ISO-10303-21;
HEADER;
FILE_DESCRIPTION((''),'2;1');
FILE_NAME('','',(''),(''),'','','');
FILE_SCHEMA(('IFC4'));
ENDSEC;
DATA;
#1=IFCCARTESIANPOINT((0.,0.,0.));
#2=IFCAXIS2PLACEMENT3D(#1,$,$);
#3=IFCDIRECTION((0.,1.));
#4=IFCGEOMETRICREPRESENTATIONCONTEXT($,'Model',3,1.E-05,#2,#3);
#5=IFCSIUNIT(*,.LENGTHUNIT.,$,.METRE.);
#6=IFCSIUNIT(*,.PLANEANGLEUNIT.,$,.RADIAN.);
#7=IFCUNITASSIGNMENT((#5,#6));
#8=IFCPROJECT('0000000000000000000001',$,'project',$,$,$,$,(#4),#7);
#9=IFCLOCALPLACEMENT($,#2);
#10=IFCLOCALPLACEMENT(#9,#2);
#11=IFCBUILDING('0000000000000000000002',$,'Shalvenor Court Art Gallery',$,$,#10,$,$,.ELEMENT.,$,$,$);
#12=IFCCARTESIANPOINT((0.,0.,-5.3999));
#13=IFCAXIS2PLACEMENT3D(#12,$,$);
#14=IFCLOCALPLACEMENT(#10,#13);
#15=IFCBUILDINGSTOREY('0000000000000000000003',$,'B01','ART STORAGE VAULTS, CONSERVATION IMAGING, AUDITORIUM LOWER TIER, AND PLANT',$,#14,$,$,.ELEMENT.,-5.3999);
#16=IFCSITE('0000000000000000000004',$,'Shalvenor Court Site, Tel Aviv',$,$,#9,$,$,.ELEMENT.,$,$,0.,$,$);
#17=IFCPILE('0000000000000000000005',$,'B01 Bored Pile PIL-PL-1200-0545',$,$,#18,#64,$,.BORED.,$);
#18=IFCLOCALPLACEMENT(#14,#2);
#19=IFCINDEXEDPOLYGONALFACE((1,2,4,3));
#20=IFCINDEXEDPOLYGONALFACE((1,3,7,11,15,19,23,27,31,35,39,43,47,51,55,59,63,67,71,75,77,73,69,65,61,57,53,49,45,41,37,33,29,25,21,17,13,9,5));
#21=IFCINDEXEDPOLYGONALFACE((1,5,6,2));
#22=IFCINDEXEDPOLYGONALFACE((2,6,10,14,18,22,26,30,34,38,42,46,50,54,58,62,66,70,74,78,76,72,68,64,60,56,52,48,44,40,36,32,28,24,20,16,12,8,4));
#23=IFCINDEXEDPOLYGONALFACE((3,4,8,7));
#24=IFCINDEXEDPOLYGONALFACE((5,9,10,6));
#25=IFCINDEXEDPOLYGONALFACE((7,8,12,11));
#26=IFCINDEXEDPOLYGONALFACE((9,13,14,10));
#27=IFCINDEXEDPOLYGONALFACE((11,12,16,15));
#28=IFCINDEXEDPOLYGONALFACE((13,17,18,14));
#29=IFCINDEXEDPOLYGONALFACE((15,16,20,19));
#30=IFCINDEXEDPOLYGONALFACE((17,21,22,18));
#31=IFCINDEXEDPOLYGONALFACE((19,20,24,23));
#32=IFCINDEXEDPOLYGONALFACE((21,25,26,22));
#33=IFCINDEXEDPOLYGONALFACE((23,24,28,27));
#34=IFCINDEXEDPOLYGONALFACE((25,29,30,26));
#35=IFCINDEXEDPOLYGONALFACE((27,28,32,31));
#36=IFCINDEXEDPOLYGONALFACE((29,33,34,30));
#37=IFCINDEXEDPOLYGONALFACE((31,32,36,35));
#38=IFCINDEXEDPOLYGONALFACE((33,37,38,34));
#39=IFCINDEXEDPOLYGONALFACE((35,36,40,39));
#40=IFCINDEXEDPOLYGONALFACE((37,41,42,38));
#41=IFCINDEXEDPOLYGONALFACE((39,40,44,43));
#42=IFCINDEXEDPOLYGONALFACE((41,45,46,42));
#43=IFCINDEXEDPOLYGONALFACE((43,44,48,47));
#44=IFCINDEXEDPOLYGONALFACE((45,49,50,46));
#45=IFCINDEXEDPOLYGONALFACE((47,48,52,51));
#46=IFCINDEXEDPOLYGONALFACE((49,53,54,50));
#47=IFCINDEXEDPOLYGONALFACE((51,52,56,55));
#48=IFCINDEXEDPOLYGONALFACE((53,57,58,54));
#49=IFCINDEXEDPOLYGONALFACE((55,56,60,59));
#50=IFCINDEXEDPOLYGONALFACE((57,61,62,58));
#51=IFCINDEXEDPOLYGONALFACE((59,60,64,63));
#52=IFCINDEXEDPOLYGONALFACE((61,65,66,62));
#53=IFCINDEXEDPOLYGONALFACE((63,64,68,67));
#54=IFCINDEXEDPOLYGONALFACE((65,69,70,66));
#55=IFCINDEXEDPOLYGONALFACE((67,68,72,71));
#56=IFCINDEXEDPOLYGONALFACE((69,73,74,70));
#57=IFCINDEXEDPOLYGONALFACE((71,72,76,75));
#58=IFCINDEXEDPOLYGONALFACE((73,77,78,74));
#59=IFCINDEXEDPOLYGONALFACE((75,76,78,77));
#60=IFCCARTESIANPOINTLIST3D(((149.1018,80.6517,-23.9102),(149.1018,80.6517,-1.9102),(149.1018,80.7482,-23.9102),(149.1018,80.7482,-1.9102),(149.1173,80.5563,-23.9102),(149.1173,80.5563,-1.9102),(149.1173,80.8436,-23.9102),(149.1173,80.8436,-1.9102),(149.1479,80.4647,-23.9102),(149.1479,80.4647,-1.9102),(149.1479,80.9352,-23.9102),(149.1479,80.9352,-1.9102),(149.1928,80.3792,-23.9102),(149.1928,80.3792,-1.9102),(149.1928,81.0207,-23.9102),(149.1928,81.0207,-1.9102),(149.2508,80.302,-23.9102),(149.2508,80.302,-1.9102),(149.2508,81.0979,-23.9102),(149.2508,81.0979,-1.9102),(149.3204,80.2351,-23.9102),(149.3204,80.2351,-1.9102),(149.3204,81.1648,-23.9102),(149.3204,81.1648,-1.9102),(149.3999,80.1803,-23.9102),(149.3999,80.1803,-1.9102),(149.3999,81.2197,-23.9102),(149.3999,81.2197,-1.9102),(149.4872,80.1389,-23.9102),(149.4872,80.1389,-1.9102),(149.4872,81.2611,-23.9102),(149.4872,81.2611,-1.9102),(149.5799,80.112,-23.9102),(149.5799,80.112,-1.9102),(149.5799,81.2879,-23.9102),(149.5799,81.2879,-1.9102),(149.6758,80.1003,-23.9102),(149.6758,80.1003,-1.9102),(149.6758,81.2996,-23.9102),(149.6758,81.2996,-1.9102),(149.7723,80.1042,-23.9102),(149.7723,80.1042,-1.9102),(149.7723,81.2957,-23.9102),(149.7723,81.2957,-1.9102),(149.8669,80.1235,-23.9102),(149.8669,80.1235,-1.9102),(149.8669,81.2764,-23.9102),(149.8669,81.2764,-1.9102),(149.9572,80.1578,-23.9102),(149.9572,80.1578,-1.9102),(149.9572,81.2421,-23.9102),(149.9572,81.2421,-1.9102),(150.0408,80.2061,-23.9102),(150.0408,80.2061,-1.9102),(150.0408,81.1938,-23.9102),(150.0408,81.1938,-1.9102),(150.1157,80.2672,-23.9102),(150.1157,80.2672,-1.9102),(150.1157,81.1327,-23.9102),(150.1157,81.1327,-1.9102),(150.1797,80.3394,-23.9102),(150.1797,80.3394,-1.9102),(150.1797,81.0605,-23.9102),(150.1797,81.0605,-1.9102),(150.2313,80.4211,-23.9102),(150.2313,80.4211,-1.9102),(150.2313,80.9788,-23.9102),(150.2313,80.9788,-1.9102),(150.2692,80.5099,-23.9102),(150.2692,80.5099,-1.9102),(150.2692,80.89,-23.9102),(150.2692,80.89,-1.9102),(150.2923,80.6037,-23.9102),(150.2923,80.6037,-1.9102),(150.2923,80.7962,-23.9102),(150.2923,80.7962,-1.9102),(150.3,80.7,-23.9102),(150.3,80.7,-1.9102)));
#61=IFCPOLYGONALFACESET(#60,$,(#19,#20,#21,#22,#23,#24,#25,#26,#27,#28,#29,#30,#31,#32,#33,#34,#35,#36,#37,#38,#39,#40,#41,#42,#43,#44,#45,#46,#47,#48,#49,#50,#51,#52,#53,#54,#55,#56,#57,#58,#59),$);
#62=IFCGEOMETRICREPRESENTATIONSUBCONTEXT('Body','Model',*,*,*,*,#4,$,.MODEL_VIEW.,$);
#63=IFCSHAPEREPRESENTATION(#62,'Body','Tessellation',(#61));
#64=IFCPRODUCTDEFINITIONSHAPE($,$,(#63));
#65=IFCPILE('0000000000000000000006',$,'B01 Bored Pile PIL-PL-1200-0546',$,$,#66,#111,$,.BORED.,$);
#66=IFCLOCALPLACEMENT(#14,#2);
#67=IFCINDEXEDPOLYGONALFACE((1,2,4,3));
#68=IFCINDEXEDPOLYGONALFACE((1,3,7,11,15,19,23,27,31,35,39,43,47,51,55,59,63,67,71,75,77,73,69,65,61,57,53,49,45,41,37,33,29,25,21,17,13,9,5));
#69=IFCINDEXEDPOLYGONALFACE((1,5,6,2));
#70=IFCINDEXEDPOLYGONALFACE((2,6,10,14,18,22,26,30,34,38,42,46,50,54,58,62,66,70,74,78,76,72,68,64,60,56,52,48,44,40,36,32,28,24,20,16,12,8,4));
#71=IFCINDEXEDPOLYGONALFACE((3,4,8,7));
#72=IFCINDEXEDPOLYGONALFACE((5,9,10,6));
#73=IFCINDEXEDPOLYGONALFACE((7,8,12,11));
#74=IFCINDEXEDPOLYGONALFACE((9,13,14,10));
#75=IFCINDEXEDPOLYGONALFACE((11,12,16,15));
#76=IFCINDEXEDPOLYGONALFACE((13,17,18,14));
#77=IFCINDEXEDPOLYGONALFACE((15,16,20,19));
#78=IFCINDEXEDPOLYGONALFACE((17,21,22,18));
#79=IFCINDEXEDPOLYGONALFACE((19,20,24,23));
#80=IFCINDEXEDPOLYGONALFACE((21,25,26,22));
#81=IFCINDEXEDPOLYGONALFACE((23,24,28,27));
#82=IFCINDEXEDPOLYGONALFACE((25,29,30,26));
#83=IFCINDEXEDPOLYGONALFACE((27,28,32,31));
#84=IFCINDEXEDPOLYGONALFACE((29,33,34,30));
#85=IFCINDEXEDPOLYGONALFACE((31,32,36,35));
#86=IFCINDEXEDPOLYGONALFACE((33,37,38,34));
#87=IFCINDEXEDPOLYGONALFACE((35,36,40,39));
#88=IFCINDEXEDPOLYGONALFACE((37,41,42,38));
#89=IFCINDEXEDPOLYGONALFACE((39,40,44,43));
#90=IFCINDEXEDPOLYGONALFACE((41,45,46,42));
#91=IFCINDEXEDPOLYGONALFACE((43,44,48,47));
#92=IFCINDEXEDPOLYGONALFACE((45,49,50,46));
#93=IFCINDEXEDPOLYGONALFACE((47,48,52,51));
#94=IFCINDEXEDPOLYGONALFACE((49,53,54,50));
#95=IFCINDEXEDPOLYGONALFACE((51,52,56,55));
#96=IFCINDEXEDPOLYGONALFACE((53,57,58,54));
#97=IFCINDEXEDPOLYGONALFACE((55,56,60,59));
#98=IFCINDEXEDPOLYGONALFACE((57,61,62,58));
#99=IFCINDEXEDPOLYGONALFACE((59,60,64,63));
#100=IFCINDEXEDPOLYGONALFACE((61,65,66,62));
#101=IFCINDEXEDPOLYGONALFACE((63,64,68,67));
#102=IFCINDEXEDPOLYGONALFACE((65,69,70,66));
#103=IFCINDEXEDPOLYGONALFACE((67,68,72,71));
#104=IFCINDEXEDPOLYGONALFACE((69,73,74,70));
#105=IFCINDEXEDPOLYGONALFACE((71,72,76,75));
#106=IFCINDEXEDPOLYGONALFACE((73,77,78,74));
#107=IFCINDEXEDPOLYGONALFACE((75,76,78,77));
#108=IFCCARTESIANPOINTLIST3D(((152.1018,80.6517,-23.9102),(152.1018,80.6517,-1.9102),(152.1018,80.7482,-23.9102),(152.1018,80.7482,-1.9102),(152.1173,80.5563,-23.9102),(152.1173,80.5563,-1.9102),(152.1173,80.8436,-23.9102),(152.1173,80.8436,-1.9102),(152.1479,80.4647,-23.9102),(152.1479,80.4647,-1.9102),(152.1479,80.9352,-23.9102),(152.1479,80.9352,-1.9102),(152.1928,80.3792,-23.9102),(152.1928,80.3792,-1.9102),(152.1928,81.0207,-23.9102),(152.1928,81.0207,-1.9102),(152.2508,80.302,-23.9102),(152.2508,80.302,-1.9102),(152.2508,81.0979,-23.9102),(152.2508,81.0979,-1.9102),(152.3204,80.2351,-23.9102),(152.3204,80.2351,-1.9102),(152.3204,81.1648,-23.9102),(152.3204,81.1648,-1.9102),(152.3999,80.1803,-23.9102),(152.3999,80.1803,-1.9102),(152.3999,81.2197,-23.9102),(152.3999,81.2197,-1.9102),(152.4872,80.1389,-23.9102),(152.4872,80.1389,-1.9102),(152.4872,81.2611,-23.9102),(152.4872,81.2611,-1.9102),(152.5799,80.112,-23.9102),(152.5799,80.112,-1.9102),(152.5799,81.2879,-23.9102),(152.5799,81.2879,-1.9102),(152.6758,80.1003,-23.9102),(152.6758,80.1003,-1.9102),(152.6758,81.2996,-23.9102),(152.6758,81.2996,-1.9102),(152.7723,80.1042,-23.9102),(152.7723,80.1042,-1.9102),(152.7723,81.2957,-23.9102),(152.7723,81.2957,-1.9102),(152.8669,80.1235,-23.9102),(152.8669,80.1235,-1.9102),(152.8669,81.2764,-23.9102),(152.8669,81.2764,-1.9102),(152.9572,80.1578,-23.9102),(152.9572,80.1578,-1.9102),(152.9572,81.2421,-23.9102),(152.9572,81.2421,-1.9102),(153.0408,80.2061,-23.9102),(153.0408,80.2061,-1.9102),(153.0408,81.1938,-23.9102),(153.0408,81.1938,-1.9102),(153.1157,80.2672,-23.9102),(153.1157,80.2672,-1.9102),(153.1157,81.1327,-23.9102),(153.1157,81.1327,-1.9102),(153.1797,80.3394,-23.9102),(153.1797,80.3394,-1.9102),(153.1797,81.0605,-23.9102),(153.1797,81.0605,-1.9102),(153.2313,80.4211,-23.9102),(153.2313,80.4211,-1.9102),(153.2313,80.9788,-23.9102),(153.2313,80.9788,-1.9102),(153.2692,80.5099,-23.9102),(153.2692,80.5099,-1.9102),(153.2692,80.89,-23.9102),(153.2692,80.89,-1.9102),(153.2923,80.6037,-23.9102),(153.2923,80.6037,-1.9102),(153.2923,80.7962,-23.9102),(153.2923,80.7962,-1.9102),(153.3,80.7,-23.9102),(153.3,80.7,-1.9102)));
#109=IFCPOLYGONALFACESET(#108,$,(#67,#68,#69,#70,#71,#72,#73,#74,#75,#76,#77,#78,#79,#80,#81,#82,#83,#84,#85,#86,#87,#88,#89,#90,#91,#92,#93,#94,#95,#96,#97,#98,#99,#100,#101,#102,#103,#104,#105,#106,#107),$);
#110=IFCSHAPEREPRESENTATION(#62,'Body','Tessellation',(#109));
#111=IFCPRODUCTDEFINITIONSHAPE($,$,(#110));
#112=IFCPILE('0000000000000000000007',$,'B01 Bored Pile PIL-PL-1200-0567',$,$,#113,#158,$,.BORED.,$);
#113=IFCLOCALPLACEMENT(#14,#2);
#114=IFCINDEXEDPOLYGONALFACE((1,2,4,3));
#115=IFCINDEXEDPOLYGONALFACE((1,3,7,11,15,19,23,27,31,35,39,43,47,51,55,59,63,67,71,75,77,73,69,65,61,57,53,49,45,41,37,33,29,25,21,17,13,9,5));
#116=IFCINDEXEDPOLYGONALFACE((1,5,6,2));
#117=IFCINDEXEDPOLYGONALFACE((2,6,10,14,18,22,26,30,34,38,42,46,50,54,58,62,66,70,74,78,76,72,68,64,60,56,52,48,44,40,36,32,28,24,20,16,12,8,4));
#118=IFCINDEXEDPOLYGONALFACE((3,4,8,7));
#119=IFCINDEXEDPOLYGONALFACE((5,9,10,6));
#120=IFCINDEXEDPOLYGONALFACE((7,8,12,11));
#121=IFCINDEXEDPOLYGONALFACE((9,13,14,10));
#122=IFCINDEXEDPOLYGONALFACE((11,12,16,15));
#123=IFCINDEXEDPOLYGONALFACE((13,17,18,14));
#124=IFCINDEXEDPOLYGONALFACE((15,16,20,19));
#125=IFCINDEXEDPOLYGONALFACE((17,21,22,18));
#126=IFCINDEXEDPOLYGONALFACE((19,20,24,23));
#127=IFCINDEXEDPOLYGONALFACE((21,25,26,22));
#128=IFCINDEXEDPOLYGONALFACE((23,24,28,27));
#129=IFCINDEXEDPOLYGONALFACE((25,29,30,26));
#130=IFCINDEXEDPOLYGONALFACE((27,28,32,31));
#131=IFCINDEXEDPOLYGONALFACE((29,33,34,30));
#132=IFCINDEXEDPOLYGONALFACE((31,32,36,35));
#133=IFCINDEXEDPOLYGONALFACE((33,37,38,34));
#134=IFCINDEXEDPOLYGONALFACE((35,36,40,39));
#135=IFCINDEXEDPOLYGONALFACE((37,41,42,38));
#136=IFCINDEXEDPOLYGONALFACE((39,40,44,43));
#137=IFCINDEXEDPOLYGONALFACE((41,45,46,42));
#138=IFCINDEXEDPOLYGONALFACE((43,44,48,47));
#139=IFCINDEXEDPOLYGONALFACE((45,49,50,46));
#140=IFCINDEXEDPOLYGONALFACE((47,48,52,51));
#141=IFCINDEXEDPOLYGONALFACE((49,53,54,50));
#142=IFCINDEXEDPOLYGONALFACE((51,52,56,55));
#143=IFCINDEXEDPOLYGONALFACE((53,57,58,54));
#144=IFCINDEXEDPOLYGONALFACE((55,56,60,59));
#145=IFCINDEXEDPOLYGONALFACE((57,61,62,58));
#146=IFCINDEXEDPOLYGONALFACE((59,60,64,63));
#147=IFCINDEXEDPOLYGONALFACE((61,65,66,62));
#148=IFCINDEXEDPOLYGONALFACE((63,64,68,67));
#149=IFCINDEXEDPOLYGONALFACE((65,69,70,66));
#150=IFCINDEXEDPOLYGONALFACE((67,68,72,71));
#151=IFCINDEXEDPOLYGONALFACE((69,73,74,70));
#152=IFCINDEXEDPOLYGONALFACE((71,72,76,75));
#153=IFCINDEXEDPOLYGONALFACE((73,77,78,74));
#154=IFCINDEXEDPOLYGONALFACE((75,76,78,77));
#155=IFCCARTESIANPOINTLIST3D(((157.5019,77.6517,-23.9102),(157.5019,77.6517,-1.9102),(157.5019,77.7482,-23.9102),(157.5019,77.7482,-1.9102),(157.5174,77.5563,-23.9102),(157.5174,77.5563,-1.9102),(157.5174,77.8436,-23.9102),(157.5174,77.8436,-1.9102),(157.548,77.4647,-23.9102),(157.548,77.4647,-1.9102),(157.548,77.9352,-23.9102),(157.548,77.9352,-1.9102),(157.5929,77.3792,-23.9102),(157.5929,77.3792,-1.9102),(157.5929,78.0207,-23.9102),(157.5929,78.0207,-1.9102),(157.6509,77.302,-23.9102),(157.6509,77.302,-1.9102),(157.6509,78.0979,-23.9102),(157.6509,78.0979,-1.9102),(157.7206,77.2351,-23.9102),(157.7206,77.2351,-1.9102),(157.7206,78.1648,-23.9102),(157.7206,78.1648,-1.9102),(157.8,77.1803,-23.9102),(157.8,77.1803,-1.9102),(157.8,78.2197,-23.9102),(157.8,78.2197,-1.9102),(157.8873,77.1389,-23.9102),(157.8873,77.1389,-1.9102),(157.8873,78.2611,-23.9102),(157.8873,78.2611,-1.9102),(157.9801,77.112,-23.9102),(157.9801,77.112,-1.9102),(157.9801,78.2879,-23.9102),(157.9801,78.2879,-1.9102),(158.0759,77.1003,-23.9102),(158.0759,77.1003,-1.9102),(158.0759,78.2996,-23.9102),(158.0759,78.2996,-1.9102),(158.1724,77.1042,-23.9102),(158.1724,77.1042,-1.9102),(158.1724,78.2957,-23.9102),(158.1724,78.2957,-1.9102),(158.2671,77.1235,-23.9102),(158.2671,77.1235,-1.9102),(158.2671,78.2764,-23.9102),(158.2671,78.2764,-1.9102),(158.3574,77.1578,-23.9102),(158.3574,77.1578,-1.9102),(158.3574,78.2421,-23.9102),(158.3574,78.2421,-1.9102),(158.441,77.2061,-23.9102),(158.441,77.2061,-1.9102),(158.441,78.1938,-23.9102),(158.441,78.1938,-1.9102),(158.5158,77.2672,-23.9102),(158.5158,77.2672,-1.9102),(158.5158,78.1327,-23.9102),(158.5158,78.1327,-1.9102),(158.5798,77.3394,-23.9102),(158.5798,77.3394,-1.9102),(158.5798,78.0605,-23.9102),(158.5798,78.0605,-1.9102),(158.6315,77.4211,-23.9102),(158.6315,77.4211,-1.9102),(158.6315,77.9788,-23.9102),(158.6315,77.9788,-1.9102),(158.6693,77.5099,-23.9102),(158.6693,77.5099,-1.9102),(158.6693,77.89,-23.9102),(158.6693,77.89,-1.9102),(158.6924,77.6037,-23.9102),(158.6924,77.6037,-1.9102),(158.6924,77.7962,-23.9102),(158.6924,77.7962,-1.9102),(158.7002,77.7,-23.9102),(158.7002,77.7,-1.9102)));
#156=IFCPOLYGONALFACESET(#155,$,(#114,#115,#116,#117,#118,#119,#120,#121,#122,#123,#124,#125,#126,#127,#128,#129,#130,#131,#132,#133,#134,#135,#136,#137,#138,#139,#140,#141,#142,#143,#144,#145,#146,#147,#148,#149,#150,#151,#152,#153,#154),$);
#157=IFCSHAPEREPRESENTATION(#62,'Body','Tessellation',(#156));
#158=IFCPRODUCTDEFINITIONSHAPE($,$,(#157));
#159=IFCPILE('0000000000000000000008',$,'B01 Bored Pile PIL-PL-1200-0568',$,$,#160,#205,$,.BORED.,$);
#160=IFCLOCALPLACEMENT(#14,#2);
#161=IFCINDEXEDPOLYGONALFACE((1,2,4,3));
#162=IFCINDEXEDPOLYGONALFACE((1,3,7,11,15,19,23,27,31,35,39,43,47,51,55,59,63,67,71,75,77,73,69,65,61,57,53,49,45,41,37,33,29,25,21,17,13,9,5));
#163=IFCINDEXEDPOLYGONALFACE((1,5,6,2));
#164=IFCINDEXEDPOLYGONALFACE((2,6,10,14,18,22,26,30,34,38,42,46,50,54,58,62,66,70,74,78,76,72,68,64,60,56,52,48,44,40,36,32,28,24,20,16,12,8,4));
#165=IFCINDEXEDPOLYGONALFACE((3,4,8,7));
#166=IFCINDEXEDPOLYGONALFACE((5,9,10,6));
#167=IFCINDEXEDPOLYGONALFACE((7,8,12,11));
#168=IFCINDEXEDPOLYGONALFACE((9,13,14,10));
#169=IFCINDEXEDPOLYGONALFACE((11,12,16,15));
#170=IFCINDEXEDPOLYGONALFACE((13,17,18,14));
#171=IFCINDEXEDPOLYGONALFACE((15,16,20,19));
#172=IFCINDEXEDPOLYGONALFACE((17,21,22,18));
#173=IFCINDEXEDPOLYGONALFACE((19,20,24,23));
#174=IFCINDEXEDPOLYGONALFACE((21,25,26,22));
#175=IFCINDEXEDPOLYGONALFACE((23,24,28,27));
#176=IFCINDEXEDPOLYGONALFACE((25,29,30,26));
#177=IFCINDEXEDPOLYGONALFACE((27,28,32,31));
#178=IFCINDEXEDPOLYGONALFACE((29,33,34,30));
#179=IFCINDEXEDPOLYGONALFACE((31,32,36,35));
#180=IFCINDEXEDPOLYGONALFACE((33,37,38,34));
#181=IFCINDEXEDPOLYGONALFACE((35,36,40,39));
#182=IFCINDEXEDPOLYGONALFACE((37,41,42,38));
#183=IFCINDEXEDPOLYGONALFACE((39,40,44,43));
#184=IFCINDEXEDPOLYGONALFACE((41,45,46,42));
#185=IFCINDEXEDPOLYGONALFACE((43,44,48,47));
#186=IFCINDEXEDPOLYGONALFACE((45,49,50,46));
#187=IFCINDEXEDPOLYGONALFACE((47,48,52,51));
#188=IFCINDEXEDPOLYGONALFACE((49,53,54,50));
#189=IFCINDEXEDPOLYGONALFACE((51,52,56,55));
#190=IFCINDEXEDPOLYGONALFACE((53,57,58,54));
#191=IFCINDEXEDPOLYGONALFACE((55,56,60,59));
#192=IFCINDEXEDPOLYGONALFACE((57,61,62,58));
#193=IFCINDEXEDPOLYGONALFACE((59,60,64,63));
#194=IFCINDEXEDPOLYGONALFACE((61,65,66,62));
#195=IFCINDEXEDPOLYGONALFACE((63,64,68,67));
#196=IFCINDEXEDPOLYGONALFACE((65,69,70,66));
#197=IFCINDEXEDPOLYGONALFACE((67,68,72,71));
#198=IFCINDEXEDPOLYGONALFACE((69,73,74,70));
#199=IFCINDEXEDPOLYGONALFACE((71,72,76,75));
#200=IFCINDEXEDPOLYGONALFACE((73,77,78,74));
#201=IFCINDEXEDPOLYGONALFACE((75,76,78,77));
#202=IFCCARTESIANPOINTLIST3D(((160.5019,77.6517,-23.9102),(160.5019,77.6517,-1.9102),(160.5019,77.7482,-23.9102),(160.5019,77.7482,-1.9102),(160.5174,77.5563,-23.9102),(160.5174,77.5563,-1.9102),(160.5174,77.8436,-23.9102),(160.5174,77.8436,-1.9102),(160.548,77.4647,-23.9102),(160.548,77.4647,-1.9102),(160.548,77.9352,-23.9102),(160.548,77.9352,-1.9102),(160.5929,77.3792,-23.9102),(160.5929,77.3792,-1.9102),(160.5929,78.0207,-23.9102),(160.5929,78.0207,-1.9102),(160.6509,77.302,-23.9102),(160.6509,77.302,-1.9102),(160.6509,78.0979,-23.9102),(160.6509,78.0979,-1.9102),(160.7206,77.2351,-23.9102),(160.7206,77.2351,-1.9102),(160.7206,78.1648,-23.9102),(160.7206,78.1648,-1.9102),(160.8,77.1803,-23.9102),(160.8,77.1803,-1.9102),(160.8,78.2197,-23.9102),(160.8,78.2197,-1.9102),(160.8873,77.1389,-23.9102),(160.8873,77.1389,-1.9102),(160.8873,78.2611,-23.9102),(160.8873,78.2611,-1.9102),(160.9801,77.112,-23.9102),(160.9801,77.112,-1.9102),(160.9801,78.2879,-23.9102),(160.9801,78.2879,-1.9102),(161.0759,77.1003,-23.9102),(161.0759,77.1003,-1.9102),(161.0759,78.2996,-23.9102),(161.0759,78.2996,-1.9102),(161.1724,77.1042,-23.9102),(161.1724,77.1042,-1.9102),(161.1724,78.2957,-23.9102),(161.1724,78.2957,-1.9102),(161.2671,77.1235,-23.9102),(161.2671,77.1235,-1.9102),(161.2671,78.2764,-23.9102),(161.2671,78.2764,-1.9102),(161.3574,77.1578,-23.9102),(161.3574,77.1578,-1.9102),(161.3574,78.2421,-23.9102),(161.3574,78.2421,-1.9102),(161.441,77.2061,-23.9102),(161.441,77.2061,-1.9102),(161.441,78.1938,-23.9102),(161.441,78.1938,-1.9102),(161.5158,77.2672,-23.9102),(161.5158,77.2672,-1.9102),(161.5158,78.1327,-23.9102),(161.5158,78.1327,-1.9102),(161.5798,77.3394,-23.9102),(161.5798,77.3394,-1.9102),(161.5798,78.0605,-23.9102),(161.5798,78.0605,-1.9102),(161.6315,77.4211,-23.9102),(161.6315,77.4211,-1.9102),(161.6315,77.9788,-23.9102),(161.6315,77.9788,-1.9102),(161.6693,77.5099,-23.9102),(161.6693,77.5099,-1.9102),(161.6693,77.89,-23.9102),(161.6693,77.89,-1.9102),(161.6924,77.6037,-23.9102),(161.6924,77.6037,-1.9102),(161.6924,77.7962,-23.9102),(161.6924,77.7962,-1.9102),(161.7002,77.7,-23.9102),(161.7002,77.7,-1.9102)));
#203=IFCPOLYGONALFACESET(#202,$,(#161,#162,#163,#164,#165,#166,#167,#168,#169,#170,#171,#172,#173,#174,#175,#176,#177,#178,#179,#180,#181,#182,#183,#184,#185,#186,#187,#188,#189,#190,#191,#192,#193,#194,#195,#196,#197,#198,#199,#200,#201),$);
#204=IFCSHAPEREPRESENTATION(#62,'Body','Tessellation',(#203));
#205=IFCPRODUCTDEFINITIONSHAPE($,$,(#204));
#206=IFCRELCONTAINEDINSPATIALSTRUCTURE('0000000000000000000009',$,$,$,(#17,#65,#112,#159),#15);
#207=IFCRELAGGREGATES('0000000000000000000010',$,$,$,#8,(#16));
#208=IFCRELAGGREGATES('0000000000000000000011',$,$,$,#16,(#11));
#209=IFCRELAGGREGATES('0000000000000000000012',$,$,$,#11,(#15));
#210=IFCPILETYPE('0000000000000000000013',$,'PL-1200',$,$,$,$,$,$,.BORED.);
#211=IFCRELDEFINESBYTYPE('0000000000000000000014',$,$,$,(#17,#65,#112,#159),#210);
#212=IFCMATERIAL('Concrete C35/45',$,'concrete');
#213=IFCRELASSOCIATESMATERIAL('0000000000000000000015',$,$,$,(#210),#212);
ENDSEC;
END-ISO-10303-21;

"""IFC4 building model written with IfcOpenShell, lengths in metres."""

from ifc_helpers import new_model, si_unit, direction, frame, origin, origin_2d, place, context, subcontext, project, spatial, circle, extrude, material, material_profile, profile_set, type_object, element, save


model = new_model("IFC4")

# Units and contexts
model_context = context("Model", 3, precision=1e-05, world=origin(), true_north=direction((0.0, 1.0)))
body_context = subcontext(model_context, "Body", "Model", "MODEL_VIEW")
ifc_project = project(units=[si_unit("LENGTHUNIT", "METRE"), si_unit("PLANEANGLEUNIT", "RADIAN")], contexts=[model_context])

# Site, building, storey
site_placement = place(None, origin())
site = spatial("IfcSite", under=ifc_project, at=site_placement, Name="Shalvenor Court Site, Tel Aviv", CompositionType="ELEMENT", RefElevation=0.0)
building_placement = place(site_placement, origin())
building = spatial("IfcBuilding", under=site, at=building_placement, Name="Shalvenor Court Art Gallery", CompositionType="ELEMENT")
storey_placement = place(building_placement, frame((0.0, 0.0, -5.3999)))
storey = spatial("IfcBuildingStorey", under=building, at=storey_placement, Name="B01", Description="ART STORAGE VAULTS, CONSERVATION IMAGING, AUDITORIUM LOWER TIER, AND PLANT", CompositionType="ELEMENT", Elevation=-5.3999)

# Piles
ifc_material_1 = material(Name="Concrete C35/45", Category="concrete")
ifc_material_profile_1 = material_profile(ifc_material_1, circle(Radius=0.6001, at=origin_2d()), Name="PILE 1200")
ifc_profile_set_1 = profile_set([ifc_material_profile_1], Name="Concrete C35/45")
pile_type = type_object("IfcPileType", Name="PL-1200", PredefinedType="BORED", material=ifc_profile_set_1)
for number, where, z_axis, x_axis, name in (
    (1, (149.7, 80.7, -1.9102), (0.0, 0.0, -1.0), (1.0, 0.0, 0.0), "B01 Bored Pile PIL-PL-1200-0545"),
    (2, (152.7, 80.7, -1.9102), (0.0, 0.0, -1.0), (1.0, 0.0, 0.0), "B01 Bored Pile PIL-PL-1200-0546"),
    (3, (158.1001, 77.7, -1.9102), (0.0, 0.0, -1.0), (1.0, 0.0, 0.0), "B01 Bored Pile PIL-PL-1200-0567"),
    (4, (161.1001, 77.7, -1.9102), (0.0, 0.0, -1.0), (1.0, 0.0, 0.0), "B01 Bored Pile PIL-PL-1200-0568"),
):
    element("IfcPile", number, at=place(storey_placement, frame(where, z_axis=z_axis, x_axis=x_axis)), inside=storey, type_object=pile_type, Name=name, PredefinedType="BORED", context=body_context, shape_type="SweptSolid", body=[
        extrude(circle(Radius=0.6001, at=origin_2d()), origin(), (0.0, 0.0, 1.0), 22.0),
    ])

save(model, "model.ifc")
